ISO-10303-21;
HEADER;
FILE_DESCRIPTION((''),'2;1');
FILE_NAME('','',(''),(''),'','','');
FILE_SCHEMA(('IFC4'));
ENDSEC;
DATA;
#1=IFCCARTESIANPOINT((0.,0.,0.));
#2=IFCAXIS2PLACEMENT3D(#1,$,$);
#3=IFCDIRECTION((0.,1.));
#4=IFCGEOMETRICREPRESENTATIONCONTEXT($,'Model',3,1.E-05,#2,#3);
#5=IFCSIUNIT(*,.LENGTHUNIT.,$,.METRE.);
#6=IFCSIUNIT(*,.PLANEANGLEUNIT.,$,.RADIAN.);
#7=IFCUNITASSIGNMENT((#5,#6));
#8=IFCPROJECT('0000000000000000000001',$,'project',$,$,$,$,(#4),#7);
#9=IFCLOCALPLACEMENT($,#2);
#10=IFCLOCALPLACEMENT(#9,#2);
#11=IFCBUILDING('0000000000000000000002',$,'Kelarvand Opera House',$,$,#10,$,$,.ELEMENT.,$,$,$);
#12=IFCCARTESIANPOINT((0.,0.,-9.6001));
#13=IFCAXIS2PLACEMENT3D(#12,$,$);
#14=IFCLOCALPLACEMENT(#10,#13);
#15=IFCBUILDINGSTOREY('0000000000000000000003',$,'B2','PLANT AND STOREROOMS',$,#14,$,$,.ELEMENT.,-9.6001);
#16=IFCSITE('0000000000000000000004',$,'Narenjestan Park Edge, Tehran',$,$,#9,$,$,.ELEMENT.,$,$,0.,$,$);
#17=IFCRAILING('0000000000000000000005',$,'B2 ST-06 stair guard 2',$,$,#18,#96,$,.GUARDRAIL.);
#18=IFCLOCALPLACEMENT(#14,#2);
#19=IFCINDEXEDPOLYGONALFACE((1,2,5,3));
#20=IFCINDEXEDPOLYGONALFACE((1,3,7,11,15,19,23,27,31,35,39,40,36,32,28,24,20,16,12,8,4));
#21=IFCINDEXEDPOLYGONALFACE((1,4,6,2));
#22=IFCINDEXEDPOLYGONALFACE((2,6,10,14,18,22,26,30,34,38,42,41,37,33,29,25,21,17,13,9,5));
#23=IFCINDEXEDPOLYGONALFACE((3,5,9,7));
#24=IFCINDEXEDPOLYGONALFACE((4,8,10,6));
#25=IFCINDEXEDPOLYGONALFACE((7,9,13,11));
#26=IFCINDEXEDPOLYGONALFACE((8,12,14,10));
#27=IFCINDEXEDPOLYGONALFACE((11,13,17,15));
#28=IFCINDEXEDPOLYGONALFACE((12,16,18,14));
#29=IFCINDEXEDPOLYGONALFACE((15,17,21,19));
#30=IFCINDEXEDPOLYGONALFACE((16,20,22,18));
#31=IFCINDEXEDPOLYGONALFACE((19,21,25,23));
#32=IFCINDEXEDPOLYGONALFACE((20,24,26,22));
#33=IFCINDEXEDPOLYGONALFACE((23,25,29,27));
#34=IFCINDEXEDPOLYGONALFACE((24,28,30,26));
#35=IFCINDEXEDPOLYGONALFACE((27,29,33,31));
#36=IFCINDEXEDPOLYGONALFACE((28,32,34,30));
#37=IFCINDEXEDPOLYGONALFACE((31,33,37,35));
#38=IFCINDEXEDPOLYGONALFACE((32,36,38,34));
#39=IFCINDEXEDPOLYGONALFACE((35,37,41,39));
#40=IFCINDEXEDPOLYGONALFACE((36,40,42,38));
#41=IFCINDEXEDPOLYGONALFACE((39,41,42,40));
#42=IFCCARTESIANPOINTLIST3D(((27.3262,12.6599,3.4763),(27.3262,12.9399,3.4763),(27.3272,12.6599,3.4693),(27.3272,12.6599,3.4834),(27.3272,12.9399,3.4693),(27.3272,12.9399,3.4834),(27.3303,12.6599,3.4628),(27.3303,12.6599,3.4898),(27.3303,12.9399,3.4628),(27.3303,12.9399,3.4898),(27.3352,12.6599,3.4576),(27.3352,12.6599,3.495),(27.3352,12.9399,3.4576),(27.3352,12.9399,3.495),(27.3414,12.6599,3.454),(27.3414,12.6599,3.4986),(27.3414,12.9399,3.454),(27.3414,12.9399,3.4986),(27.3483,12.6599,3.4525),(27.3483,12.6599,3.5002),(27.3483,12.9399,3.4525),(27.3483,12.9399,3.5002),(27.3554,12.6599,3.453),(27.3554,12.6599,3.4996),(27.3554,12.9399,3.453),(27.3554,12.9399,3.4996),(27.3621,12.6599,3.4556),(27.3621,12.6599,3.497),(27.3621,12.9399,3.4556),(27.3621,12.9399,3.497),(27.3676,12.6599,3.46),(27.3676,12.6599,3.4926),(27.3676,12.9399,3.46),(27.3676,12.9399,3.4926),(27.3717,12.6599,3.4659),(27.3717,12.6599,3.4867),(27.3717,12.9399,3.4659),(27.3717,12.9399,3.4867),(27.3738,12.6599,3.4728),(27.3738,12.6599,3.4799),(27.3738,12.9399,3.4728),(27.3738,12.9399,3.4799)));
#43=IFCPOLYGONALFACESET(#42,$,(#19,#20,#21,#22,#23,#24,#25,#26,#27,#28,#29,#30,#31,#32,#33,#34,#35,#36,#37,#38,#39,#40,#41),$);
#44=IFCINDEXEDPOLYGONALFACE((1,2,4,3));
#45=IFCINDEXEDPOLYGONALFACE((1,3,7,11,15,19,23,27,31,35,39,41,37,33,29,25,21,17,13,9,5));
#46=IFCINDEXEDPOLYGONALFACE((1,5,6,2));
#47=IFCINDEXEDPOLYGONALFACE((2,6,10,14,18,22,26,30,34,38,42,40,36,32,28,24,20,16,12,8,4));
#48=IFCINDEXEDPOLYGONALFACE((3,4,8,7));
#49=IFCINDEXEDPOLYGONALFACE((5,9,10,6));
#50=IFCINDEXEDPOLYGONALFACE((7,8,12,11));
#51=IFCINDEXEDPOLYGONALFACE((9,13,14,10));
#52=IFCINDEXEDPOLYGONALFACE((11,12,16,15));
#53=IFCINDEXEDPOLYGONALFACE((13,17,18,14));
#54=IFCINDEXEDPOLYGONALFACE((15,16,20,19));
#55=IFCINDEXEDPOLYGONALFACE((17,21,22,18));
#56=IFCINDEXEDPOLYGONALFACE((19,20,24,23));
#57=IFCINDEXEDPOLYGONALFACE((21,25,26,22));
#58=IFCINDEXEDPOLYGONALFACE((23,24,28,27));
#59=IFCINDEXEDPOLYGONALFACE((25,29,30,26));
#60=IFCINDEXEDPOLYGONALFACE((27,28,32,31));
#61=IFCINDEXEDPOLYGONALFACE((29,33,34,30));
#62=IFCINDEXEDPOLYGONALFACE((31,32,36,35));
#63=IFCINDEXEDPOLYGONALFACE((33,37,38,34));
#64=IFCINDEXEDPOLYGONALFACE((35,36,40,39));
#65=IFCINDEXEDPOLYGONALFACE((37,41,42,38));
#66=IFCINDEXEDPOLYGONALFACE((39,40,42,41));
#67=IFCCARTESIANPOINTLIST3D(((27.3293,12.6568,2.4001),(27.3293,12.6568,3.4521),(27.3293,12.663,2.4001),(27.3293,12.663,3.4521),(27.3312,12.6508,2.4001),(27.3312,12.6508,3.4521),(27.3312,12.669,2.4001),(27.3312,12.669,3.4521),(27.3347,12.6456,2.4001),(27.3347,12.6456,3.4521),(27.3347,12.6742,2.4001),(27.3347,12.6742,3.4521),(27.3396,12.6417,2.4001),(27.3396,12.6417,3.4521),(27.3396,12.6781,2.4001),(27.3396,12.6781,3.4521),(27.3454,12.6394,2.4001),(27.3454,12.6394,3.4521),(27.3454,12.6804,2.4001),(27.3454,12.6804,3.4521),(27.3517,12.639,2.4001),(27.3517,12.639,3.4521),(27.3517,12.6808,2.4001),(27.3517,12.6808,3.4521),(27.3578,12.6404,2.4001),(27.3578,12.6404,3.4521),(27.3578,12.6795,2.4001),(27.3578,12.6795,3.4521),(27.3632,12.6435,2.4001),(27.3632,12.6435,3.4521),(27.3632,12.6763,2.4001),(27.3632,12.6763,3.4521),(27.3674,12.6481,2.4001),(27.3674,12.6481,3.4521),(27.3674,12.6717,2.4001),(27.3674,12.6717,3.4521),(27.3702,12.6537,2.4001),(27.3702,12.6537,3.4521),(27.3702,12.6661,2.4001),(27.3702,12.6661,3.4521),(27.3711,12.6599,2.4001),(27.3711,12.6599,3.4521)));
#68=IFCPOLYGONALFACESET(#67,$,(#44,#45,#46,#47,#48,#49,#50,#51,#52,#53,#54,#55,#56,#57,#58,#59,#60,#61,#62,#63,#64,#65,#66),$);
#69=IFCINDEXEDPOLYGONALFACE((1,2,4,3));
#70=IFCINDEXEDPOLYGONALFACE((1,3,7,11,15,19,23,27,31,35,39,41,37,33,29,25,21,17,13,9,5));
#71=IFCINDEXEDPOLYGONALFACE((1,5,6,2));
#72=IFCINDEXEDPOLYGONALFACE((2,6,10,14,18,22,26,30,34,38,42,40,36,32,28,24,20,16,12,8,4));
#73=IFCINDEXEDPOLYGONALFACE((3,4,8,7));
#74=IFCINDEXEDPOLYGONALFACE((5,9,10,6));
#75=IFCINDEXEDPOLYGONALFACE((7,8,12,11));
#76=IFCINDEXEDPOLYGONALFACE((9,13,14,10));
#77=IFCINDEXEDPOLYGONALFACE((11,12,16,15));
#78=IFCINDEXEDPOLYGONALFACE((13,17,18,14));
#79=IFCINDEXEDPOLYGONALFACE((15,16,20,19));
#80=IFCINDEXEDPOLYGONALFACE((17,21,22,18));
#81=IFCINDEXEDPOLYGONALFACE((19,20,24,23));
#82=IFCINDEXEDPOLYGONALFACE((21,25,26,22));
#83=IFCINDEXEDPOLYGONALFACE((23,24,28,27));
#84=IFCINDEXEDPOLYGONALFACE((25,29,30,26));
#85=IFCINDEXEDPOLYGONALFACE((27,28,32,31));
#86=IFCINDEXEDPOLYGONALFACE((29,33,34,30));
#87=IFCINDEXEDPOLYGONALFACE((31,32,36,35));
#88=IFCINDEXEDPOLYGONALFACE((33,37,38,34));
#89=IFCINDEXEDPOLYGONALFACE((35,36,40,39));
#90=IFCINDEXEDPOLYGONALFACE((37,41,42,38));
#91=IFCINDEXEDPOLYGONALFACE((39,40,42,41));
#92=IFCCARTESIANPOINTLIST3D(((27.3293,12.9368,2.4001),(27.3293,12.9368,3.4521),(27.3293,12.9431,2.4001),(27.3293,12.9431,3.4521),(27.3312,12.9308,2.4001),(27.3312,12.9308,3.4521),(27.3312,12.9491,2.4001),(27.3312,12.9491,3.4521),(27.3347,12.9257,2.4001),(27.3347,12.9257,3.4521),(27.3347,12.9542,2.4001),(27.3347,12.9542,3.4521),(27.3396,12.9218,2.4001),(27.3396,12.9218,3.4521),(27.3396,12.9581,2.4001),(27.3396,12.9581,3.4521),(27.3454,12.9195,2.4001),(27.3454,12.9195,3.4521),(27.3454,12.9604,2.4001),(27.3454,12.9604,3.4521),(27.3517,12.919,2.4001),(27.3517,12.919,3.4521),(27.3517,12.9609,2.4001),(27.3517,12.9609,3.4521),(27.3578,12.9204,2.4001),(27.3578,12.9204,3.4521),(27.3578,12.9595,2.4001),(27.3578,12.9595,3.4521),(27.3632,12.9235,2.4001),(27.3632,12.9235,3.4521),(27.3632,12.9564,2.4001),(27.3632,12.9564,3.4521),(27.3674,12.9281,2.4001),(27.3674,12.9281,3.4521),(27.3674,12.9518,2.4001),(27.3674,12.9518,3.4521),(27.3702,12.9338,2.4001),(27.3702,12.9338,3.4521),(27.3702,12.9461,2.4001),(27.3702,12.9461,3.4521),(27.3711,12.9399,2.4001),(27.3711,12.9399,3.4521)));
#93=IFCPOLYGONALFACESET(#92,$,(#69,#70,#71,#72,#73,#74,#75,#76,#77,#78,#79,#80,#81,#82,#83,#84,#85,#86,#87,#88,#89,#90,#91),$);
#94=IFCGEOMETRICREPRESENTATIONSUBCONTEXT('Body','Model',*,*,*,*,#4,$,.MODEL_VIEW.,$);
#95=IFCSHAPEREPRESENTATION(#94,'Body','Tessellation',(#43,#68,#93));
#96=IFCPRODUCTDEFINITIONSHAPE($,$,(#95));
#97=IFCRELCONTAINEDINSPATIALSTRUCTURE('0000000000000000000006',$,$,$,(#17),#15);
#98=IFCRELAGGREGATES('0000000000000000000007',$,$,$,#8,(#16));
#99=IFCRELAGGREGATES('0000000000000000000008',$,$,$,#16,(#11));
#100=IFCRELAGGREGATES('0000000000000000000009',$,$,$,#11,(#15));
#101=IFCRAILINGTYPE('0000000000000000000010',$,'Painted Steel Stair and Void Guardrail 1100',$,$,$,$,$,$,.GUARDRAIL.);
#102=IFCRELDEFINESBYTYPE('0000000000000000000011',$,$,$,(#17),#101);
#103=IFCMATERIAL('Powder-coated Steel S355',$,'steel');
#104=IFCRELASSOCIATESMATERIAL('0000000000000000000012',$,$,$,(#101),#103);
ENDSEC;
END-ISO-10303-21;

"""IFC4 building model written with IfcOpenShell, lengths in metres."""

from ifc_helpers import new_model, si_unit, direction, frame, origin, origin_2d, place, context, subcontext, project, spatial, circle, extrude, material, type_object, element, save


model = new_model("IFC4")

# Units and contexts
model_context = context("Model", 3, precision=1e-05, world=origin(), true_north=direction((0.0, 1.0)))
body_context = subcontext(model_context, "Body", "Model", "MODEL_VIEW")
ifc_project = project(units=[si_unit("LENGTHUNIT", "METRE"), si_unit("PLANEANGLEUNIT", "RADIAN")], contexts=[model_context])

# Site, building, storey
site_placement = place(None, origin())
site = spatial("IfcSite", under=ifc_project, at=site_placement, Name="Narenjestan Park Edge, Tehran", CompositionType="ELEMENT", RefElevation=0.0)
building_placement = place(site_placement, origin())
building = spatial("IfcBuilding", under=site, at=building_placement, Name="Kelarvand Opera House", CompositionType="ELEMENT")
storey_placement = place(building_placement, frame((0.0, 0.0, -9.6001)))
storey = spatial("IfcBuildingStorey", under=building, at=storey_placement, Name="B2", Description="PLANT AND STOREROOMS", CompositionType="ELEMENT", Elevation=-9.6001)

# Railing
ifc_material_1 = material(Name="Powder-coated Steel S355", Category="steel")
railing_type_1 = type_object("IfcRailingType", Name="Painted Steel Stair and Void Guardrail 1100", PredefinedType="GUARDRAIL", material=ifc_material_1)
railing_1_placement = place(storey_placement, frame((27.3501, 12.6599, 2.4001)))
element("IfcRailing", 1, at=railing_1_placement, inside=storey, type_object=railing_type_1, Name="B2 ST-06 stair guard 2", PredefinedType="GUARDRAIL", context=body_context, shape_type="SweptSolid", body=[
    extrude(circle(Radius=0.0239, at=origin_2d()), frame((0.0, 0.0, 1.0762), z_axis=(0.0, 1.0, 0.0), x_axis=(-1.0, 0.0, 0.0)), (0.0, 0.0, 1.0), 0.28),
    extrude(circle(Radius=0.021, at=origin_2d()), origin(), (0.0, 0.0, 1.0), 1.052),
    extrude(circle(Radius=0.021, at=origin_2d()), frame((0.0, 0.28, 0.0)), (0.0, 0.0, 1.0), 1.052),
])

save(model, "model.ifc")
